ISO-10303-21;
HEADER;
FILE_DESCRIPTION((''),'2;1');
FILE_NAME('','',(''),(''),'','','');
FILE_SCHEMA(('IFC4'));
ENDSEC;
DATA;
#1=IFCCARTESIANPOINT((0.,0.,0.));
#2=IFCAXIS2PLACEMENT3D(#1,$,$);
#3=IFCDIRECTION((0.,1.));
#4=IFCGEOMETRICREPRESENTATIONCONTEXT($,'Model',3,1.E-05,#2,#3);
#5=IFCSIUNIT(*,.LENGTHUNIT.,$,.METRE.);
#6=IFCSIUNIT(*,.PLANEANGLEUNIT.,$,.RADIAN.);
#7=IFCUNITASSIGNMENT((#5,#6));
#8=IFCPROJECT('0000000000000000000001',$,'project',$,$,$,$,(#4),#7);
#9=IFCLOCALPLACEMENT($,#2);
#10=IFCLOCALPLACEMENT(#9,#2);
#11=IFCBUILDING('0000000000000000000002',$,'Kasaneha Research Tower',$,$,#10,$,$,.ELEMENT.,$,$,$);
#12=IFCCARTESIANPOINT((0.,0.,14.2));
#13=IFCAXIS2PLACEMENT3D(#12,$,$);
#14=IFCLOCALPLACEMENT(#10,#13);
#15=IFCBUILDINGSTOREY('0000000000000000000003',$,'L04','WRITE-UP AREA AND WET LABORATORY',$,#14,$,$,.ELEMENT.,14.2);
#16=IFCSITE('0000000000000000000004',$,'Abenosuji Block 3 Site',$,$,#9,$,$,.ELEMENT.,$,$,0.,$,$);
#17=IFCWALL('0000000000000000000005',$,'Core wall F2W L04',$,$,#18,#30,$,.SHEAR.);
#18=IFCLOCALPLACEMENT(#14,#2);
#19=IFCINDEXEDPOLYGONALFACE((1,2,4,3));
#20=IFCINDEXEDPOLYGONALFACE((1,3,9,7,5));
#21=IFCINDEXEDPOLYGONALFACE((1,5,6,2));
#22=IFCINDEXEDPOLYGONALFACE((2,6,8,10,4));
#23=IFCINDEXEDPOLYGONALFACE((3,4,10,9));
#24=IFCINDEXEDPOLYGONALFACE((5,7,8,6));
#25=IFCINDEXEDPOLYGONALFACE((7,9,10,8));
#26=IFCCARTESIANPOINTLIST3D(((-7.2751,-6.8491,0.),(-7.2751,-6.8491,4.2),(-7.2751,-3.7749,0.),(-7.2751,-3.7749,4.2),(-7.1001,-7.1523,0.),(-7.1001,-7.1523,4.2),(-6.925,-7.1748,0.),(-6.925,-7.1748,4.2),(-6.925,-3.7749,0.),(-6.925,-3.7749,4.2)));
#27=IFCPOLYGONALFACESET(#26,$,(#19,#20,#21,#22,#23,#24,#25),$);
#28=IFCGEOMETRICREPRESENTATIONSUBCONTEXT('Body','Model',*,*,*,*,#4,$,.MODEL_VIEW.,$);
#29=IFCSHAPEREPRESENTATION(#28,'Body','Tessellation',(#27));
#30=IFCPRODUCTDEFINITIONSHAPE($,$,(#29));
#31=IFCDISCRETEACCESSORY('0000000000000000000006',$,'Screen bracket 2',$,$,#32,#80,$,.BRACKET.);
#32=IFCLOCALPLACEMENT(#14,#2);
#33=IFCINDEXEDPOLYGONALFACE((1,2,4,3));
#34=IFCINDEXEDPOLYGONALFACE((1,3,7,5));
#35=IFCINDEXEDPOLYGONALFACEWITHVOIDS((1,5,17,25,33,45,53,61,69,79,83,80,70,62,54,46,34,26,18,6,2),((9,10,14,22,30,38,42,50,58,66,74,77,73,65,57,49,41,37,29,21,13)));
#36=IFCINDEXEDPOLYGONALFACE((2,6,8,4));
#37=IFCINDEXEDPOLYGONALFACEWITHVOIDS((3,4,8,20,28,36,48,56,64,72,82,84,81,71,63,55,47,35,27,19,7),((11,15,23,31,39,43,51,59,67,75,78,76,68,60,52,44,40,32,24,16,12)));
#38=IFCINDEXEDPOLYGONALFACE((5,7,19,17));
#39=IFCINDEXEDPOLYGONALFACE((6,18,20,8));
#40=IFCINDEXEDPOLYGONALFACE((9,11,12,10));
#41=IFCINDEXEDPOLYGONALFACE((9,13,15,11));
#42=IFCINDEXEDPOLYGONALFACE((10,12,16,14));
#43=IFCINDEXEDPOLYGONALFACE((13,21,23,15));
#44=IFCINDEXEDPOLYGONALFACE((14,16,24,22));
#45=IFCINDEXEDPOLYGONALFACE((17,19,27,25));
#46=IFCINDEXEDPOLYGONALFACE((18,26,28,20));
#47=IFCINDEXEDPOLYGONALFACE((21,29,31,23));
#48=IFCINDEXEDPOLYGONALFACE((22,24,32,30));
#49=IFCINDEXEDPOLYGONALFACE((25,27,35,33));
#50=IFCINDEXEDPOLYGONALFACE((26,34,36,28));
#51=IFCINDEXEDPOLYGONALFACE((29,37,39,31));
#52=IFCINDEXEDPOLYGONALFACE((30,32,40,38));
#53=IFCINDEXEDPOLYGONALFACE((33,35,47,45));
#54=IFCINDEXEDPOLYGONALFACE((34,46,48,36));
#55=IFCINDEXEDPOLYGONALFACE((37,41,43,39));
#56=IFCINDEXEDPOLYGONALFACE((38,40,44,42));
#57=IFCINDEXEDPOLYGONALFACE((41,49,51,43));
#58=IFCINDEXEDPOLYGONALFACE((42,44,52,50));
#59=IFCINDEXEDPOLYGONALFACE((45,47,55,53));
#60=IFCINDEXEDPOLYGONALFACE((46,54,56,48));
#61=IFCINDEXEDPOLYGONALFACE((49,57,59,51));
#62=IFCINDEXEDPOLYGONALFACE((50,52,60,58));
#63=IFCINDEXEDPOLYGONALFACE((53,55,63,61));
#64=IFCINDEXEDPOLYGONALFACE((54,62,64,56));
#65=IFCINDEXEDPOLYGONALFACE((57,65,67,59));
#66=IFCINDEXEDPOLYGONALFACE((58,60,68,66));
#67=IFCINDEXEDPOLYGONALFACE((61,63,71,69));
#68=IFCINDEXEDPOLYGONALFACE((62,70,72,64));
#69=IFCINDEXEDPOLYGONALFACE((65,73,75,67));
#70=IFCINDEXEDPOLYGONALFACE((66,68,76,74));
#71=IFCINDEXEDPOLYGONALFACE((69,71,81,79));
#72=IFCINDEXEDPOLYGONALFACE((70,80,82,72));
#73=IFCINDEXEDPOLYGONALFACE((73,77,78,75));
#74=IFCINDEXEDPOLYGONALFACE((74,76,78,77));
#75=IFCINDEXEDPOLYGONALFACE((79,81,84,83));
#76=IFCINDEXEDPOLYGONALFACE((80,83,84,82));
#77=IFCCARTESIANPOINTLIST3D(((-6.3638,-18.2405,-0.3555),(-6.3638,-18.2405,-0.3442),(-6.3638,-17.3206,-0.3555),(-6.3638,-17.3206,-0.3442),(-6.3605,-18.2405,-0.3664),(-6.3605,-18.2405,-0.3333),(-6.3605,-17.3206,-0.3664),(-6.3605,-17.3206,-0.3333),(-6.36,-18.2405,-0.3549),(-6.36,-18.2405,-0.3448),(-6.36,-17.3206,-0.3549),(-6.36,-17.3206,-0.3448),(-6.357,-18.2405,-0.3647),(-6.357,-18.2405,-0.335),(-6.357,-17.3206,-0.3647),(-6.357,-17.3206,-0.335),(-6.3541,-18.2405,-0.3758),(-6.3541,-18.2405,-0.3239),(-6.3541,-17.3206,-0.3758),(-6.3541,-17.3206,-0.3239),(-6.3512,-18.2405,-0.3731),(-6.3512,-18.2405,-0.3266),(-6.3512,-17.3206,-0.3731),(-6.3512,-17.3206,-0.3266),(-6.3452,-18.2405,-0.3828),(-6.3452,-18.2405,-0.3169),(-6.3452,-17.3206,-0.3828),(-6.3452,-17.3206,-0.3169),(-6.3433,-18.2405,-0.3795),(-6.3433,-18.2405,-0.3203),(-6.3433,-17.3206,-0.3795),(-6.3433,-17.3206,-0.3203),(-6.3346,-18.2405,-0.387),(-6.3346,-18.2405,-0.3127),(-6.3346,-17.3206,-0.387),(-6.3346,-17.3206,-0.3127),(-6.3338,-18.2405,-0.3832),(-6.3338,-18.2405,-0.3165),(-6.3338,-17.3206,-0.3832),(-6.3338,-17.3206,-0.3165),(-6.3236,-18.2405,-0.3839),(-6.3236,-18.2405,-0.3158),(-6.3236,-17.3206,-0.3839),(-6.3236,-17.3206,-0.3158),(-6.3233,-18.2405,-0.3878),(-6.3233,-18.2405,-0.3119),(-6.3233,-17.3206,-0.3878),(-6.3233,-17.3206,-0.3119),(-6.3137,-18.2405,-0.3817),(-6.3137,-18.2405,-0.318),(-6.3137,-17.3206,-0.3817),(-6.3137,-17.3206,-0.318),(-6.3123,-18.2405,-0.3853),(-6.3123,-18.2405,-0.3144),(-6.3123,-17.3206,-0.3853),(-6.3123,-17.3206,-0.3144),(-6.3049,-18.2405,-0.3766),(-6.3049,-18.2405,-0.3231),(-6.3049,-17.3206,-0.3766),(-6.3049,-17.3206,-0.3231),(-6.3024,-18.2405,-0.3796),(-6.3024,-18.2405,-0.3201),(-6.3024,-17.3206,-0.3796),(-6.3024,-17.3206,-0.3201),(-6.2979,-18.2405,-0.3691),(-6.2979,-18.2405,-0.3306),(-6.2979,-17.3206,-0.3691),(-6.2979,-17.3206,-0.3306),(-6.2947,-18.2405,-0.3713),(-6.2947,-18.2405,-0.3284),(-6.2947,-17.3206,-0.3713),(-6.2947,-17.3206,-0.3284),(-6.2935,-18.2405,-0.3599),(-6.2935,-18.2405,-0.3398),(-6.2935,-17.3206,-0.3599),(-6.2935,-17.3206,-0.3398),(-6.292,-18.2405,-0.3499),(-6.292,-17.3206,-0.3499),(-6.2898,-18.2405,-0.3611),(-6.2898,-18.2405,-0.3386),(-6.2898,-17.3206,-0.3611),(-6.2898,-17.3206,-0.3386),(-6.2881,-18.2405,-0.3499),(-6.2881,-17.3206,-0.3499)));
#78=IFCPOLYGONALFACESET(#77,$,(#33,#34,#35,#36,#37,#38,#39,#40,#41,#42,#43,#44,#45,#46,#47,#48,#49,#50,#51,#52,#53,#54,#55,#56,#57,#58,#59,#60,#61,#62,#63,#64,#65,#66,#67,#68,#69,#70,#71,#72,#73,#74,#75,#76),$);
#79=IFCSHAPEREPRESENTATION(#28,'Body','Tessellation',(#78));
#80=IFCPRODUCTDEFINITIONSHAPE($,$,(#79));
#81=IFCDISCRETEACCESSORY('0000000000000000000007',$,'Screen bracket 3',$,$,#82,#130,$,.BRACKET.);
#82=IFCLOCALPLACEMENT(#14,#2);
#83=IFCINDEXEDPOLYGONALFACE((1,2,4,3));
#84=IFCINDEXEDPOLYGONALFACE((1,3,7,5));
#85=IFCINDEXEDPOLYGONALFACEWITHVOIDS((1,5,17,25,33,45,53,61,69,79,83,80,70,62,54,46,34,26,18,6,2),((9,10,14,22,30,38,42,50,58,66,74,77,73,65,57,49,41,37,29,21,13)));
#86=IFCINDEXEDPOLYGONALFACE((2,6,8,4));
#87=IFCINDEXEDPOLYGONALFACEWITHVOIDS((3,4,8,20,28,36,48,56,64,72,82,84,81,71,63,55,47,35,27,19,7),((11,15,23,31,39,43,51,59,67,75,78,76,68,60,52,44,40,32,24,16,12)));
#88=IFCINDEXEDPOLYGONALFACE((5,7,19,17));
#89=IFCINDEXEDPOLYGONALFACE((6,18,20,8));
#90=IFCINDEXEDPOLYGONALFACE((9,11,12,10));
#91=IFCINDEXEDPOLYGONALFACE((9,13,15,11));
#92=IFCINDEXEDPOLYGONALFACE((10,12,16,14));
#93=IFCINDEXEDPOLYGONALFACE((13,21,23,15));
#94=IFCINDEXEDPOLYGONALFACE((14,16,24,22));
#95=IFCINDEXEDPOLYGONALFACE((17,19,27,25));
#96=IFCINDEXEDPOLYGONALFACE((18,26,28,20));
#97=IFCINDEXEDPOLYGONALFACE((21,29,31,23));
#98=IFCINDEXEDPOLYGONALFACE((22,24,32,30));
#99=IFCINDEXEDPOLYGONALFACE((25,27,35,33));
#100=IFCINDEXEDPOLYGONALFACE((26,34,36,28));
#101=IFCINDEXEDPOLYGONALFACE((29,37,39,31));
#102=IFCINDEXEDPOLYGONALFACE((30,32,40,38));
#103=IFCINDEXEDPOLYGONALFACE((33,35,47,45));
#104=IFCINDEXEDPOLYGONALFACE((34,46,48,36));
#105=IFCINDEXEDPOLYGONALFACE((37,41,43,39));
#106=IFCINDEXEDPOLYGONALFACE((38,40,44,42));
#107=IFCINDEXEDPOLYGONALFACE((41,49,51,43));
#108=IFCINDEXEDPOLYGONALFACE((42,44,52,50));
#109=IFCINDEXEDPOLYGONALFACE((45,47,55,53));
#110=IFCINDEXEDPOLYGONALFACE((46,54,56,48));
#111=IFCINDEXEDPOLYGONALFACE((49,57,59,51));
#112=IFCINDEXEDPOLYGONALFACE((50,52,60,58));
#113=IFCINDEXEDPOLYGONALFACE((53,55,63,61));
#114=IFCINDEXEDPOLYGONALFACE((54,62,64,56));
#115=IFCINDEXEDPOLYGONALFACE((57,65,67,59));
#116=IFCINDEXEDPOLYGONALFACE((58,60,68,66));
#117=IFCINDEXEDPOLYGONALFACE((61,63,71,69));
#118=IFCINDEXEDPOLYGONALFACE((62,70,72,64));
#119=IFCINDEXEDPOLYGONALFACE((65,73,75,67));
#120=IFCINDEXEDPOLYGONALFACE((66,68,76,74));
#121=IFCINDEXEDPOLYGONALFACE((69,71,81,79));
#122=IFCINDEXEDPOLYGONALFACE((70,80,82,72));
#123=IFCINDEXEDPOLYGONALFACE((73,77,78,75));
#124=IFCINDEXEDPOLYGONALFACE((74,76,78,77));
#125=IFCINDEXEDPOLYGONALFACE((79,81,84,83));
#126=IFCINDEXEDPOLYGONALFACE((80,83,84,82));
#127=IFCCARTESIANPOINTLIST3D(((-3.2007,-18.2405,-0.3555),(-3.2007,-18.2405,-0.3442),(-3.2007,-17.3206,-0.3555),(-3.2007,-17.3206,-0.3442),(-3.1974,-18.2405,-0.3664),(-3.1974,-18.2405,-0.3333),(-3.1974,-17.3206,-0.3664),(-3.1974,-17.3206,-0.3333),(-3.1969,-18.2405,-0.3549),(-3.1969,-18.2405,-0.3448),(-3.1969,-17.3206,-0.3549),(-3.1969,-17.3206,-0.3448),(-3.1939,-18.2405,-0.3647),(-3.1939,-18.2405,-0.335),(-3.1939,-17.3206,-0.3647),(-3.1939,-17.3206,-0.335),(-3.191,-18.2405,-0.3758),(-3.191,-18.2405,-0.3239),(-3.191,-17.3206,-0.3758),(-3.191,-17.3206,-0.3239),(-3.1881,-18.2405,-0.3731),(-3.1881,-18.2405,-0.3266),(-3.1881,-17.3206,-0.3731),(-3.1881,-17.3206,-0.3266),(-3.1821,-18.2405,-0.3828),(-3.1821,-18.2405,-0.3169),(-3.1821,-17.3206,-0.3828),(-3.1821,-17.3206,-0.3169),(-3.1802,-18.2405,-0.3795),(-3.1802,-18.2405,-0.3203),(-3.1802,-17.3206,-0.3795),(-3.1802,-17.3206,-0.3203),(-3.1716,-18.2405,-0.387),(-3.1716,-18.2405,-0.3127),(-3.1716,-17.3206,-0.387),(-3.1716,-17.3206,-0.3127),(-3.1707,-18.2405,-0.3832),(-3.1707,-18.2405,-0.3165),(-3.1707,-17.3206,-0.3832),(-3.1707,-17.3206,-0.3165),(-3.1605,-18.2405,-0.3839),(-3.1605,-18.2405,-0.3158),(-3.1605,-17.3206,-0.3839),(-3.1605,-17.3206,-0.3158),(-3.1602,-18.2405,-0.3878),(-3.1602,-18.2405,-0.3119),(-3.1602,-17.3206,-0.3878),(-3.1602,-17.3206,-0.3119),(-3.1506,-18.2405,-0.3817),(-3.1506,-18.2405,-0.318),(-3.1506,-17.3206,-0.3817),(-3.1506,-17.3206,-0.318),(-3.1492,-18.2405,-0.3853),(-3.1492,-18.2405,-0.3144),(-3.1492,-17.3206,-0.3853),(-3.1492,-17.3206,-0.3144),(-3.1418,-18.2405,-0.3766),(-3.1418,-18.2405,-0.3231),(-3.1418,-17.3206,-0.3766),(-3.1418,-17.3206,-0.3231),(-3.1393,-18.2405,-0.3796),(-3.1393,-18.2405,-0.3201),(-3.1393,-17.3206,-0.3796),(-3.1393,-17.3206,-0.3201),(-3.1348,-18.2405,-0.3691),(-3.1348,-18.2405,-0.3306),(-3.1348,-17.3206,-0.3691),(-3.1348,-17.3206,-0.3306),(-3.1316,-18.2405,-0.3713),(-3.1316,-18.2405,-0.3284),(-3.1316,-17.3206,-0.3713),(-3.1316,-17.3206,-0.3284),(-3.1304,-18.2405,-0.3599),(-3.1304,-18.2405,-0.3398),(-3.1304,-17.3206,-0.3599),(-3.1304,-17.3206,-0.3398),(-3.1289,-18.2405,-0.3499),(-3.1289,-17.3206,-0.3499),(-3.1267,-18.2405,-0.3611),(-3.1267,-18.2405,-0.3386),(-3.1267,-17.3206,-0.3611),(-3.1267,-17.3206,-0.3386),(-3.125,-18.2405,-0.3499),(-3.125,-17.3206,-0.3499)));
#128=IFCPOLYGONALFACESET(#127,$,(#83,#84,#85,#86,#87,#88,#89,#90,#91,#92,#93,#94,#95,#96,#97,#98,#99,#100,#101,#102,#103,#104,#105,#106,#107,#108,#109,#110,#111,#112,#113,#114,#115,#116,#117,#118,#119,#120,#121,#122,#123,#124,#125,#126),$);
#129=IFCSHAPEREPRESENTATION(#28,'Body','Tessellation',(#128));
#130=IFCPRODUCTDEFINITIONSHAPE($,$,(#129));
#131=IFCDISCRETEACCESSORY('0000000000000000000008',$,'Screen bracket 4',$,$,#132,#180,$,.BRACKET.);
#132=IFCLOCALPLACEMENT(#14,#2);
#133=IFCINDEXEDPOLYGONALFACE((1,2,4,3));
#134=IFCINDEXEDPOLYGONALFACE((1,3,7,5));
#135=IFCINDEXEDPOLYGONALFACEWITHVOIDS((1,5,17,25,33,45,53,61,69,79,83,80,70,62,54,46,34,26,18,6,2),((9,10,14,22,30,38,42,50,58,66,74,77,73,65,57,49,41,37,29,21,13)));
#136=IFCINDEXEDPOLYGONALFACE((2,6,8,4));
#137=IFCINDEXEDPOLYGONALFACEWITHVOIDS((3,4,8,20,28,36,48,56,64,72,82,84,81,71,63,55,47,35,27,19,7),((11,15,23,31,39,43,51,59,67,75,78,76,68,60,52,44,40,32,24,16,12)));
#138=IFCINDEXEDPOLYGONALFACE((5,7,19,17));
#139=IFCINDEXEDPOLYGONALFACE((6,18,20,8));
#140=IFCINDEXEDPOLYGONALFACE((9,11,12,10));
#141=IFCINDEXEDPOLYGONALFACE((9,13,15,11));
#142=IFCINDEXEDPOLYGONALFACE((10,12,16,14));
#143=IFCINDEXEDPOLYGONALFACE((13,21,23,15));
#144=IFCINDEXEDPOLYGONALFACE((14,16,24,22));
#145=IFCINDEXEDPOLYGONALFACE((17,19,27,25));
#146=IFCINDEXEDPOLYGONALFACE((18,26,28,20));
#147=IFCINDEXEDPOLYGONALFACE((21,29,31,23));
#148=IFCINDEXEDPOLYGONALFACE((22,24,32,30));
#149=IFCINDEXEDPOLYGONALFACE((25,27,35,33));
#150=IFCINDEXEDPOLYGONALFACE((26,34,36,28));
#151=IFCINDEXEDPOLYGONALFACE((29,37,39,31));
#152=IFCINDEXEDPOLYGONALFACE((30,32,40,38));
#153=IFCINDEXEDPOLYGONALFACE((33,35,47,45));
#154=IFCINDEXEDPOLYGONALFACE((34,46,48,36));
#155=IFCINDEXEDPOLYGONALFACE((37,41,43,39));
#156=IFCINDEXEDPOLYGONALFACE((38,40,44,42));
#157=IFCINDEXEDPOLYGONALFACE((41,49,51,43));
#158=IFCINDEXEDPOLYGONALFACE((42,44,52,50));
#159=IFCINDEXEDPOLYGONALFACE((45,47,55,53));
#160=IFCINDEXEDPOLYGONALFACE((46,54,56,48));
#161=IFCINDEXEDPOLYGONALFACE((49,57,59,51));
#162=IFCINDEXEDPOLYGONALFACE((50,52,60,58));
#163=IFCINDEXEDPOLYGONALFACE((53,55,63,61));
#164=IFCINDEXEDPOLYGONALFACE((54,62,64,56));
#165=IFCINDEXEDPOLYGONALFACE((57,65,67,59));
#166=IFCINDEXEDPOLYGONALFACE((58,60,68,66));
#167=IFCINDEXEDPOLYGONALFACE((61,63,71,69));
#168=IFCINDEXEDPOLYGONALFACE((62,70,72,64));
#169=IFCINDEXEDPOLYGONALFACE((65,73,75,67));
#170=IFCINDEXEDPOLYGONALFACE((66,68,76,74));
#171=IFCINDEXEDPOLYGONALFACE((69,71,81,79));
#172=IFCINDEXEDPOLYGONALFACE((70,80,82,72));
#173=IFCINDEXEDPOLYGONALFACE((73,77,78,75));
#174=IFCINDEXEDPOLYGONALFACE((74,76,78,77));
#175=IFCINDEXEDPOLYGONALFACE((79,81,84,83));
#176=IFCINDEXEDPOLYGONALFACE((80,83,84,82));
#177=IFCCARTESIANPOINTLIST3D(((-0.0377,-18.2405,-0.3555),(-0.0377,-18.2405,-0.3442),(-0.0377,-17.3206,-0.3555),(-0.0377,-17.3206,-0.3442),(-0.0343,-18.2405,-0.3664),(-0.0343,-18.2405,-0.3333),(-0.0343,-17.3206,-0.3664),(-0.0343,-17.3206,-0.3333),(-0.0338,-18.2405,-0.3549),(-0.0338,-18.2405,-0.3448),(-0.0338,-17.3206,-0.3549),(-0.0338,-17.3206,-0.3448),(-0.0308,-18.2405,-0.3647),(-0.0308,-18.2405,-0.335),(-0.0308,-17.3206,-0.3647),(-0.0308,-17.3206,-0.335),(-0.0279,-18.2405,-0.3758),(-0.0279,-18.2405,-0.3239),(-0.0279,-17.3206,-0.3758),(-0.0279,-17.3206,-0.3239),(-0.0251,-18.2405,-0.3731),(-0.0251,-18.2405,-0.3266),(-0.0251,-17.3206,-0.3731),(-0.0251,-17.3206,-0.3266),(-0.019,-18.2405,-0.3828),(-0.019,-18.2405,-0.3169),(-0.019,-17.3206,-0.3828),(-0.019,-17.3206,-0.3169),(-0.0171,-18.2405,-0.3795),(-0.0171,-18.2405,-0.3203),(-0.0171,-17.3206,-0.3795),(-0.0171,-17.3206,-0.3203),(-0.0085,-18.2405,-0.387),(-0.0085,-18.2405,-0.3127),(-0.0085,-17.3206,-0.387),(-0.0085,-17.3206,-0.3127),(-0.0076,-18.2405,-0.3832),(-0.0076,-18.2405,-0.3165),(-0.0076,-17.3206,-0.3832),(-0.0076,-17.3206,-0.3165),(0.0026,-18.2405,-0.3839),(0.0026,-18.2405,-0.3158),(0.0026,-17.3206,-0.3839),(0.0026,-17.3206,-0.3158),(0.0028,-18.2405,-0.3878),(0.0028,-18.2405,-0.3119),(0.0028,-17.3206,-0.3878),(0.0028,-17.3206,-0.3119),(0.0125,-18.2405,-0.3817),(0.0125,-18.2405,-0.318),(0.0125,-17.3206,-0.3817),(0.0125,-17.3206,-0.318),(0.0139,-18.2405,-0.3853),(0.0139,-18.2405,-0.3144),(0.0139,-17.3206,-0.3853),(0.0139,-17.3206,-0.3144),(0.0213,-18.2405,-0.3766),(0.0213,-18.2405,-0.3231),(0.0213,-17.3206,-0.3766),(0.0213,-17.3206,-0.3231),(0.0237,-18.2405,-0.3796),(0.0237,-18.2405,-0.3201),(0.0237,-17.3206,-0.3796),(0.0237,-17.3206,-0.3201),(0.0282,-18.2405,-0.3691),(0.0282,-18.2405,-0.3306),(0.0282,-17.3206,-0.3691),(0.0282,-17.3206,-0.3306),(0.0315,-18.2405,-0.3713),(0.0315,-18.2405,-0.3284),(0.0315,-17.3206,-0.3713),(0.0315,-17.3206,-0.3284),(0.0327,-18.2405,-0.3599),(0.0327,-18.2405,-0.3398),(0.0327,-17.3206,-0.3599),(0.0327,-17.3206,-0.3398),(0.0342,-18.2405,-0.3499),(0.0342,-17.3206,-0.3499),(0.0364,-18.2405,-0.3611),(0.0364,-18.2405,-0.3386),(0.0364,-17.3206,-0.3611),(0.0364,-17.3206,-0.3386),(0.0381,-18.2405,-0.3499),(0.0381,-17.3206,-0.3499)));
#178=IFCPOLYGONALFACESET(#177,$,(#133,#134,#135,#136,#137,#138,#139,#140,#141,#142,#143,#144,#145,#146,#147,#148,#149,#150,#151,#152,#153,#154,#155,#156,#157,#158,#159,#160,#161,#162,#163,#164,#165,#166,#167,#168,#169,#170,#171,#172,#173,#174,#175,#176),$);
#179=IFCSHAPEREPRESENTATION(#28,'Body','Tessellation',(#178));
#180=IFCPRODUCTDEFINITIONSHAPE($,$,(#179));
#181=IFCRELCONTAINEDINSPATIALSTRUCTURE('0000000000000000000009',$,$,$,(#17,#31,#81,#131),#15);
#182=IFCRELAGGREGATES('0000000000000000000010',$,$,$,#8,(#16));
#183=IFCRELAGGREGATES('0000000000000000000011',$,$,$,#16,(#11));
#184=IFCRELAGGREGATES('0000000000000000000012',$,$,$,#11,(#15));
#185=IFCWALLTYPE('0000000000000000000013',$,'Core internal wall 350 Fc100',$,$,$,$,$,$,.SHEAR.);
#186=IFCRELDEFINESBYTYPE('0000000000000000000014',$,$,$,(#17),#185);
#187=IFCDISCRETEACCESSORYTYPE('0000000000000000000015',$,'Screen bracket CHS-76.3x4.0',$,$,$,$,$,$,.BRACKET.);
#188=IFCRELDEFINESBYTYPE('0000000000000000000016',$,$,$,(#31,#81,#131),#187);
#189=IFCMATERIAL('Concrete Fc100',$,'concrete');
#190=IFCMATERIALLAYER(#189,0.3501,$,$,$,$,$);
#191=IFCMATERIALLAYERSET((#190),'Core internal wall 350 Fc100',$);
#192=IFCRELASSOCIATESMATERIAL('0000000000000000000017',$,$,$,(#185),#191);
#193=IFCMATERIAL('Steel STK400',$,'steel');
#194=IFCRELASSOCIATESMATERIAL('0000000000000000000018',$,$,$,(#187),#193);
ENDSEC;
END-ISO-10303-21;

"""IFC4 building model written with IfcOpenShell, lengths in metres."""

from ifc_helpers import new_model, si_unit, direction, frame, origin, origin_2d, place, context, subcontext, project, spatial, polyline, hollow_circle, outline, extrude, material, layer, layer_set, material_profile, profile_set, type_object, element, save


model = new_model("IFC4")

# Units and contexts
model_context = context("Model", 3, precision=1e-05, world=origin(), true_north=direction((0.0, 1.0)))
body_context = subcontext(model_context, "Body", "Model", "MODEL_VIEW")
ifc_project = project(units=[si_unit("LENGTHUNIT", "METRE"), si_unit("PLANEANGLEUNIT", "RADIAN")], contexts=[model_context])

# Site, building, storey
site_placement = place(None, origin())
site = spatial("IfcSite", under=ifc_project, at=site_placement, Name="Abenosuji Block 3 Site", CompositionType="ELEMENT", RefElevation=0.0)
building_placement = place(site_placement, origin())
building = spatial("IfcBuilding", under=site, at=building_placement, Name="Kasaneha Research Tower", CompositionType="ELEMENT")
storey_placement = place(building_placement, frame((0.0, 0.0, 14.2)))
storey = spatial("IfcBuildingStorey", under=building, at=storey_placement, Name="L04", Description="WRITE-UP AREA AND WET LABORATORY", CompositionType="ELEMENT", Elevation=14.2)

# Shared definitions
ifc_material_1 = material(Name="Concrete Fc100", Category="concrete")
ifc_layer_1 = layer(ifc_material_1, 0.3501)
ifc_layer_set_1 = layer_set([ifc_layer_1], Name="Core internal wall 350 Fc100")
wall_type_1 = type_object("IfcWallType", Name="Core internal wall 350 Fc100", PredefinedType="SHEAR", material=ifc_layer_set_1)

# Wall
wall_1_placement = place(storey_placement, frame((-7.1001, -3.7749, 0.0), z_axis=(0.0, 0.0, 1.0), x_axis=(0.0, -1.0, 0.0)))
element("IfcWall", 1, at=wall_1_placement, inside=storey, type_object=wall_type_1, Name="Core wall F2W L04", PredefinedType="SHEAR", context=body_context, shape_type="SweptSolid", body=[
    extrude(outline(polyline([(0.0, -0.175), (3.0742, -0.175), (3.3774, 0.0), (3.3999, 0.175), (0.0, 0.175), (0.0, -0.175)])), origin(), (0.0, 0.0, 1.0), 4.2),
])

# Discrete accessories
ifc_material_2 = material(Name="Steel STK400", Category="steel")
ifc_material_profile_1 = material_profile(ifc_material_2, hollow_circle(Radius=0.0381, WallThickness=0.0039, at=origin_2d()), Name="CHS-76.3x4.0")
ifc_profile_set_1 = profile_set([ifc_material_profile_1], Name="Steel STK400")
discrete_accessory_type = type_object("IfcDiscreteAccessoryType", Name="Screen bracket CHS-76.3x4.0", PredefinedType="BRACKET", material=ifc_profile_set_1)
for number, where, z_axis, x_axis, name in (
    (2, (-6.3262, -17.3206, -0.3499), (0.0, -1.0, 0.0), (1.0, 0.0, 0.0), "Screen bracket 2"),
    (3, (-3.1631, -17.3206, -0.3499), (0.0, -1.0, 0.0), (1.0, 0.0, 0.0), "Screen bracket 3"),
    (4, (0.0, -17.3206, -0.3499), (0.0, -1.0, 0.0), (1.0, 0.0, 0.0), "Screen bracket 4"),
):
    element("IfcDiscreteAccessory", number, at=place(storey_placement, frame(where, z_axis=z_axis, x_axis=x_axis)), inside=storey, type_object=discrete_accessory_type, Name=name, PredefinedType="BRACKET", context=body_context, shape_type="SweptSolid", body=[
        extrude(hollow_circle(Radius=0.0381, WallThickness=0.0039, at=origin_2d()), origin(), (0.0, 0.0, 1.0), 0.9199),
    ])

save(model, "model.ifc")
